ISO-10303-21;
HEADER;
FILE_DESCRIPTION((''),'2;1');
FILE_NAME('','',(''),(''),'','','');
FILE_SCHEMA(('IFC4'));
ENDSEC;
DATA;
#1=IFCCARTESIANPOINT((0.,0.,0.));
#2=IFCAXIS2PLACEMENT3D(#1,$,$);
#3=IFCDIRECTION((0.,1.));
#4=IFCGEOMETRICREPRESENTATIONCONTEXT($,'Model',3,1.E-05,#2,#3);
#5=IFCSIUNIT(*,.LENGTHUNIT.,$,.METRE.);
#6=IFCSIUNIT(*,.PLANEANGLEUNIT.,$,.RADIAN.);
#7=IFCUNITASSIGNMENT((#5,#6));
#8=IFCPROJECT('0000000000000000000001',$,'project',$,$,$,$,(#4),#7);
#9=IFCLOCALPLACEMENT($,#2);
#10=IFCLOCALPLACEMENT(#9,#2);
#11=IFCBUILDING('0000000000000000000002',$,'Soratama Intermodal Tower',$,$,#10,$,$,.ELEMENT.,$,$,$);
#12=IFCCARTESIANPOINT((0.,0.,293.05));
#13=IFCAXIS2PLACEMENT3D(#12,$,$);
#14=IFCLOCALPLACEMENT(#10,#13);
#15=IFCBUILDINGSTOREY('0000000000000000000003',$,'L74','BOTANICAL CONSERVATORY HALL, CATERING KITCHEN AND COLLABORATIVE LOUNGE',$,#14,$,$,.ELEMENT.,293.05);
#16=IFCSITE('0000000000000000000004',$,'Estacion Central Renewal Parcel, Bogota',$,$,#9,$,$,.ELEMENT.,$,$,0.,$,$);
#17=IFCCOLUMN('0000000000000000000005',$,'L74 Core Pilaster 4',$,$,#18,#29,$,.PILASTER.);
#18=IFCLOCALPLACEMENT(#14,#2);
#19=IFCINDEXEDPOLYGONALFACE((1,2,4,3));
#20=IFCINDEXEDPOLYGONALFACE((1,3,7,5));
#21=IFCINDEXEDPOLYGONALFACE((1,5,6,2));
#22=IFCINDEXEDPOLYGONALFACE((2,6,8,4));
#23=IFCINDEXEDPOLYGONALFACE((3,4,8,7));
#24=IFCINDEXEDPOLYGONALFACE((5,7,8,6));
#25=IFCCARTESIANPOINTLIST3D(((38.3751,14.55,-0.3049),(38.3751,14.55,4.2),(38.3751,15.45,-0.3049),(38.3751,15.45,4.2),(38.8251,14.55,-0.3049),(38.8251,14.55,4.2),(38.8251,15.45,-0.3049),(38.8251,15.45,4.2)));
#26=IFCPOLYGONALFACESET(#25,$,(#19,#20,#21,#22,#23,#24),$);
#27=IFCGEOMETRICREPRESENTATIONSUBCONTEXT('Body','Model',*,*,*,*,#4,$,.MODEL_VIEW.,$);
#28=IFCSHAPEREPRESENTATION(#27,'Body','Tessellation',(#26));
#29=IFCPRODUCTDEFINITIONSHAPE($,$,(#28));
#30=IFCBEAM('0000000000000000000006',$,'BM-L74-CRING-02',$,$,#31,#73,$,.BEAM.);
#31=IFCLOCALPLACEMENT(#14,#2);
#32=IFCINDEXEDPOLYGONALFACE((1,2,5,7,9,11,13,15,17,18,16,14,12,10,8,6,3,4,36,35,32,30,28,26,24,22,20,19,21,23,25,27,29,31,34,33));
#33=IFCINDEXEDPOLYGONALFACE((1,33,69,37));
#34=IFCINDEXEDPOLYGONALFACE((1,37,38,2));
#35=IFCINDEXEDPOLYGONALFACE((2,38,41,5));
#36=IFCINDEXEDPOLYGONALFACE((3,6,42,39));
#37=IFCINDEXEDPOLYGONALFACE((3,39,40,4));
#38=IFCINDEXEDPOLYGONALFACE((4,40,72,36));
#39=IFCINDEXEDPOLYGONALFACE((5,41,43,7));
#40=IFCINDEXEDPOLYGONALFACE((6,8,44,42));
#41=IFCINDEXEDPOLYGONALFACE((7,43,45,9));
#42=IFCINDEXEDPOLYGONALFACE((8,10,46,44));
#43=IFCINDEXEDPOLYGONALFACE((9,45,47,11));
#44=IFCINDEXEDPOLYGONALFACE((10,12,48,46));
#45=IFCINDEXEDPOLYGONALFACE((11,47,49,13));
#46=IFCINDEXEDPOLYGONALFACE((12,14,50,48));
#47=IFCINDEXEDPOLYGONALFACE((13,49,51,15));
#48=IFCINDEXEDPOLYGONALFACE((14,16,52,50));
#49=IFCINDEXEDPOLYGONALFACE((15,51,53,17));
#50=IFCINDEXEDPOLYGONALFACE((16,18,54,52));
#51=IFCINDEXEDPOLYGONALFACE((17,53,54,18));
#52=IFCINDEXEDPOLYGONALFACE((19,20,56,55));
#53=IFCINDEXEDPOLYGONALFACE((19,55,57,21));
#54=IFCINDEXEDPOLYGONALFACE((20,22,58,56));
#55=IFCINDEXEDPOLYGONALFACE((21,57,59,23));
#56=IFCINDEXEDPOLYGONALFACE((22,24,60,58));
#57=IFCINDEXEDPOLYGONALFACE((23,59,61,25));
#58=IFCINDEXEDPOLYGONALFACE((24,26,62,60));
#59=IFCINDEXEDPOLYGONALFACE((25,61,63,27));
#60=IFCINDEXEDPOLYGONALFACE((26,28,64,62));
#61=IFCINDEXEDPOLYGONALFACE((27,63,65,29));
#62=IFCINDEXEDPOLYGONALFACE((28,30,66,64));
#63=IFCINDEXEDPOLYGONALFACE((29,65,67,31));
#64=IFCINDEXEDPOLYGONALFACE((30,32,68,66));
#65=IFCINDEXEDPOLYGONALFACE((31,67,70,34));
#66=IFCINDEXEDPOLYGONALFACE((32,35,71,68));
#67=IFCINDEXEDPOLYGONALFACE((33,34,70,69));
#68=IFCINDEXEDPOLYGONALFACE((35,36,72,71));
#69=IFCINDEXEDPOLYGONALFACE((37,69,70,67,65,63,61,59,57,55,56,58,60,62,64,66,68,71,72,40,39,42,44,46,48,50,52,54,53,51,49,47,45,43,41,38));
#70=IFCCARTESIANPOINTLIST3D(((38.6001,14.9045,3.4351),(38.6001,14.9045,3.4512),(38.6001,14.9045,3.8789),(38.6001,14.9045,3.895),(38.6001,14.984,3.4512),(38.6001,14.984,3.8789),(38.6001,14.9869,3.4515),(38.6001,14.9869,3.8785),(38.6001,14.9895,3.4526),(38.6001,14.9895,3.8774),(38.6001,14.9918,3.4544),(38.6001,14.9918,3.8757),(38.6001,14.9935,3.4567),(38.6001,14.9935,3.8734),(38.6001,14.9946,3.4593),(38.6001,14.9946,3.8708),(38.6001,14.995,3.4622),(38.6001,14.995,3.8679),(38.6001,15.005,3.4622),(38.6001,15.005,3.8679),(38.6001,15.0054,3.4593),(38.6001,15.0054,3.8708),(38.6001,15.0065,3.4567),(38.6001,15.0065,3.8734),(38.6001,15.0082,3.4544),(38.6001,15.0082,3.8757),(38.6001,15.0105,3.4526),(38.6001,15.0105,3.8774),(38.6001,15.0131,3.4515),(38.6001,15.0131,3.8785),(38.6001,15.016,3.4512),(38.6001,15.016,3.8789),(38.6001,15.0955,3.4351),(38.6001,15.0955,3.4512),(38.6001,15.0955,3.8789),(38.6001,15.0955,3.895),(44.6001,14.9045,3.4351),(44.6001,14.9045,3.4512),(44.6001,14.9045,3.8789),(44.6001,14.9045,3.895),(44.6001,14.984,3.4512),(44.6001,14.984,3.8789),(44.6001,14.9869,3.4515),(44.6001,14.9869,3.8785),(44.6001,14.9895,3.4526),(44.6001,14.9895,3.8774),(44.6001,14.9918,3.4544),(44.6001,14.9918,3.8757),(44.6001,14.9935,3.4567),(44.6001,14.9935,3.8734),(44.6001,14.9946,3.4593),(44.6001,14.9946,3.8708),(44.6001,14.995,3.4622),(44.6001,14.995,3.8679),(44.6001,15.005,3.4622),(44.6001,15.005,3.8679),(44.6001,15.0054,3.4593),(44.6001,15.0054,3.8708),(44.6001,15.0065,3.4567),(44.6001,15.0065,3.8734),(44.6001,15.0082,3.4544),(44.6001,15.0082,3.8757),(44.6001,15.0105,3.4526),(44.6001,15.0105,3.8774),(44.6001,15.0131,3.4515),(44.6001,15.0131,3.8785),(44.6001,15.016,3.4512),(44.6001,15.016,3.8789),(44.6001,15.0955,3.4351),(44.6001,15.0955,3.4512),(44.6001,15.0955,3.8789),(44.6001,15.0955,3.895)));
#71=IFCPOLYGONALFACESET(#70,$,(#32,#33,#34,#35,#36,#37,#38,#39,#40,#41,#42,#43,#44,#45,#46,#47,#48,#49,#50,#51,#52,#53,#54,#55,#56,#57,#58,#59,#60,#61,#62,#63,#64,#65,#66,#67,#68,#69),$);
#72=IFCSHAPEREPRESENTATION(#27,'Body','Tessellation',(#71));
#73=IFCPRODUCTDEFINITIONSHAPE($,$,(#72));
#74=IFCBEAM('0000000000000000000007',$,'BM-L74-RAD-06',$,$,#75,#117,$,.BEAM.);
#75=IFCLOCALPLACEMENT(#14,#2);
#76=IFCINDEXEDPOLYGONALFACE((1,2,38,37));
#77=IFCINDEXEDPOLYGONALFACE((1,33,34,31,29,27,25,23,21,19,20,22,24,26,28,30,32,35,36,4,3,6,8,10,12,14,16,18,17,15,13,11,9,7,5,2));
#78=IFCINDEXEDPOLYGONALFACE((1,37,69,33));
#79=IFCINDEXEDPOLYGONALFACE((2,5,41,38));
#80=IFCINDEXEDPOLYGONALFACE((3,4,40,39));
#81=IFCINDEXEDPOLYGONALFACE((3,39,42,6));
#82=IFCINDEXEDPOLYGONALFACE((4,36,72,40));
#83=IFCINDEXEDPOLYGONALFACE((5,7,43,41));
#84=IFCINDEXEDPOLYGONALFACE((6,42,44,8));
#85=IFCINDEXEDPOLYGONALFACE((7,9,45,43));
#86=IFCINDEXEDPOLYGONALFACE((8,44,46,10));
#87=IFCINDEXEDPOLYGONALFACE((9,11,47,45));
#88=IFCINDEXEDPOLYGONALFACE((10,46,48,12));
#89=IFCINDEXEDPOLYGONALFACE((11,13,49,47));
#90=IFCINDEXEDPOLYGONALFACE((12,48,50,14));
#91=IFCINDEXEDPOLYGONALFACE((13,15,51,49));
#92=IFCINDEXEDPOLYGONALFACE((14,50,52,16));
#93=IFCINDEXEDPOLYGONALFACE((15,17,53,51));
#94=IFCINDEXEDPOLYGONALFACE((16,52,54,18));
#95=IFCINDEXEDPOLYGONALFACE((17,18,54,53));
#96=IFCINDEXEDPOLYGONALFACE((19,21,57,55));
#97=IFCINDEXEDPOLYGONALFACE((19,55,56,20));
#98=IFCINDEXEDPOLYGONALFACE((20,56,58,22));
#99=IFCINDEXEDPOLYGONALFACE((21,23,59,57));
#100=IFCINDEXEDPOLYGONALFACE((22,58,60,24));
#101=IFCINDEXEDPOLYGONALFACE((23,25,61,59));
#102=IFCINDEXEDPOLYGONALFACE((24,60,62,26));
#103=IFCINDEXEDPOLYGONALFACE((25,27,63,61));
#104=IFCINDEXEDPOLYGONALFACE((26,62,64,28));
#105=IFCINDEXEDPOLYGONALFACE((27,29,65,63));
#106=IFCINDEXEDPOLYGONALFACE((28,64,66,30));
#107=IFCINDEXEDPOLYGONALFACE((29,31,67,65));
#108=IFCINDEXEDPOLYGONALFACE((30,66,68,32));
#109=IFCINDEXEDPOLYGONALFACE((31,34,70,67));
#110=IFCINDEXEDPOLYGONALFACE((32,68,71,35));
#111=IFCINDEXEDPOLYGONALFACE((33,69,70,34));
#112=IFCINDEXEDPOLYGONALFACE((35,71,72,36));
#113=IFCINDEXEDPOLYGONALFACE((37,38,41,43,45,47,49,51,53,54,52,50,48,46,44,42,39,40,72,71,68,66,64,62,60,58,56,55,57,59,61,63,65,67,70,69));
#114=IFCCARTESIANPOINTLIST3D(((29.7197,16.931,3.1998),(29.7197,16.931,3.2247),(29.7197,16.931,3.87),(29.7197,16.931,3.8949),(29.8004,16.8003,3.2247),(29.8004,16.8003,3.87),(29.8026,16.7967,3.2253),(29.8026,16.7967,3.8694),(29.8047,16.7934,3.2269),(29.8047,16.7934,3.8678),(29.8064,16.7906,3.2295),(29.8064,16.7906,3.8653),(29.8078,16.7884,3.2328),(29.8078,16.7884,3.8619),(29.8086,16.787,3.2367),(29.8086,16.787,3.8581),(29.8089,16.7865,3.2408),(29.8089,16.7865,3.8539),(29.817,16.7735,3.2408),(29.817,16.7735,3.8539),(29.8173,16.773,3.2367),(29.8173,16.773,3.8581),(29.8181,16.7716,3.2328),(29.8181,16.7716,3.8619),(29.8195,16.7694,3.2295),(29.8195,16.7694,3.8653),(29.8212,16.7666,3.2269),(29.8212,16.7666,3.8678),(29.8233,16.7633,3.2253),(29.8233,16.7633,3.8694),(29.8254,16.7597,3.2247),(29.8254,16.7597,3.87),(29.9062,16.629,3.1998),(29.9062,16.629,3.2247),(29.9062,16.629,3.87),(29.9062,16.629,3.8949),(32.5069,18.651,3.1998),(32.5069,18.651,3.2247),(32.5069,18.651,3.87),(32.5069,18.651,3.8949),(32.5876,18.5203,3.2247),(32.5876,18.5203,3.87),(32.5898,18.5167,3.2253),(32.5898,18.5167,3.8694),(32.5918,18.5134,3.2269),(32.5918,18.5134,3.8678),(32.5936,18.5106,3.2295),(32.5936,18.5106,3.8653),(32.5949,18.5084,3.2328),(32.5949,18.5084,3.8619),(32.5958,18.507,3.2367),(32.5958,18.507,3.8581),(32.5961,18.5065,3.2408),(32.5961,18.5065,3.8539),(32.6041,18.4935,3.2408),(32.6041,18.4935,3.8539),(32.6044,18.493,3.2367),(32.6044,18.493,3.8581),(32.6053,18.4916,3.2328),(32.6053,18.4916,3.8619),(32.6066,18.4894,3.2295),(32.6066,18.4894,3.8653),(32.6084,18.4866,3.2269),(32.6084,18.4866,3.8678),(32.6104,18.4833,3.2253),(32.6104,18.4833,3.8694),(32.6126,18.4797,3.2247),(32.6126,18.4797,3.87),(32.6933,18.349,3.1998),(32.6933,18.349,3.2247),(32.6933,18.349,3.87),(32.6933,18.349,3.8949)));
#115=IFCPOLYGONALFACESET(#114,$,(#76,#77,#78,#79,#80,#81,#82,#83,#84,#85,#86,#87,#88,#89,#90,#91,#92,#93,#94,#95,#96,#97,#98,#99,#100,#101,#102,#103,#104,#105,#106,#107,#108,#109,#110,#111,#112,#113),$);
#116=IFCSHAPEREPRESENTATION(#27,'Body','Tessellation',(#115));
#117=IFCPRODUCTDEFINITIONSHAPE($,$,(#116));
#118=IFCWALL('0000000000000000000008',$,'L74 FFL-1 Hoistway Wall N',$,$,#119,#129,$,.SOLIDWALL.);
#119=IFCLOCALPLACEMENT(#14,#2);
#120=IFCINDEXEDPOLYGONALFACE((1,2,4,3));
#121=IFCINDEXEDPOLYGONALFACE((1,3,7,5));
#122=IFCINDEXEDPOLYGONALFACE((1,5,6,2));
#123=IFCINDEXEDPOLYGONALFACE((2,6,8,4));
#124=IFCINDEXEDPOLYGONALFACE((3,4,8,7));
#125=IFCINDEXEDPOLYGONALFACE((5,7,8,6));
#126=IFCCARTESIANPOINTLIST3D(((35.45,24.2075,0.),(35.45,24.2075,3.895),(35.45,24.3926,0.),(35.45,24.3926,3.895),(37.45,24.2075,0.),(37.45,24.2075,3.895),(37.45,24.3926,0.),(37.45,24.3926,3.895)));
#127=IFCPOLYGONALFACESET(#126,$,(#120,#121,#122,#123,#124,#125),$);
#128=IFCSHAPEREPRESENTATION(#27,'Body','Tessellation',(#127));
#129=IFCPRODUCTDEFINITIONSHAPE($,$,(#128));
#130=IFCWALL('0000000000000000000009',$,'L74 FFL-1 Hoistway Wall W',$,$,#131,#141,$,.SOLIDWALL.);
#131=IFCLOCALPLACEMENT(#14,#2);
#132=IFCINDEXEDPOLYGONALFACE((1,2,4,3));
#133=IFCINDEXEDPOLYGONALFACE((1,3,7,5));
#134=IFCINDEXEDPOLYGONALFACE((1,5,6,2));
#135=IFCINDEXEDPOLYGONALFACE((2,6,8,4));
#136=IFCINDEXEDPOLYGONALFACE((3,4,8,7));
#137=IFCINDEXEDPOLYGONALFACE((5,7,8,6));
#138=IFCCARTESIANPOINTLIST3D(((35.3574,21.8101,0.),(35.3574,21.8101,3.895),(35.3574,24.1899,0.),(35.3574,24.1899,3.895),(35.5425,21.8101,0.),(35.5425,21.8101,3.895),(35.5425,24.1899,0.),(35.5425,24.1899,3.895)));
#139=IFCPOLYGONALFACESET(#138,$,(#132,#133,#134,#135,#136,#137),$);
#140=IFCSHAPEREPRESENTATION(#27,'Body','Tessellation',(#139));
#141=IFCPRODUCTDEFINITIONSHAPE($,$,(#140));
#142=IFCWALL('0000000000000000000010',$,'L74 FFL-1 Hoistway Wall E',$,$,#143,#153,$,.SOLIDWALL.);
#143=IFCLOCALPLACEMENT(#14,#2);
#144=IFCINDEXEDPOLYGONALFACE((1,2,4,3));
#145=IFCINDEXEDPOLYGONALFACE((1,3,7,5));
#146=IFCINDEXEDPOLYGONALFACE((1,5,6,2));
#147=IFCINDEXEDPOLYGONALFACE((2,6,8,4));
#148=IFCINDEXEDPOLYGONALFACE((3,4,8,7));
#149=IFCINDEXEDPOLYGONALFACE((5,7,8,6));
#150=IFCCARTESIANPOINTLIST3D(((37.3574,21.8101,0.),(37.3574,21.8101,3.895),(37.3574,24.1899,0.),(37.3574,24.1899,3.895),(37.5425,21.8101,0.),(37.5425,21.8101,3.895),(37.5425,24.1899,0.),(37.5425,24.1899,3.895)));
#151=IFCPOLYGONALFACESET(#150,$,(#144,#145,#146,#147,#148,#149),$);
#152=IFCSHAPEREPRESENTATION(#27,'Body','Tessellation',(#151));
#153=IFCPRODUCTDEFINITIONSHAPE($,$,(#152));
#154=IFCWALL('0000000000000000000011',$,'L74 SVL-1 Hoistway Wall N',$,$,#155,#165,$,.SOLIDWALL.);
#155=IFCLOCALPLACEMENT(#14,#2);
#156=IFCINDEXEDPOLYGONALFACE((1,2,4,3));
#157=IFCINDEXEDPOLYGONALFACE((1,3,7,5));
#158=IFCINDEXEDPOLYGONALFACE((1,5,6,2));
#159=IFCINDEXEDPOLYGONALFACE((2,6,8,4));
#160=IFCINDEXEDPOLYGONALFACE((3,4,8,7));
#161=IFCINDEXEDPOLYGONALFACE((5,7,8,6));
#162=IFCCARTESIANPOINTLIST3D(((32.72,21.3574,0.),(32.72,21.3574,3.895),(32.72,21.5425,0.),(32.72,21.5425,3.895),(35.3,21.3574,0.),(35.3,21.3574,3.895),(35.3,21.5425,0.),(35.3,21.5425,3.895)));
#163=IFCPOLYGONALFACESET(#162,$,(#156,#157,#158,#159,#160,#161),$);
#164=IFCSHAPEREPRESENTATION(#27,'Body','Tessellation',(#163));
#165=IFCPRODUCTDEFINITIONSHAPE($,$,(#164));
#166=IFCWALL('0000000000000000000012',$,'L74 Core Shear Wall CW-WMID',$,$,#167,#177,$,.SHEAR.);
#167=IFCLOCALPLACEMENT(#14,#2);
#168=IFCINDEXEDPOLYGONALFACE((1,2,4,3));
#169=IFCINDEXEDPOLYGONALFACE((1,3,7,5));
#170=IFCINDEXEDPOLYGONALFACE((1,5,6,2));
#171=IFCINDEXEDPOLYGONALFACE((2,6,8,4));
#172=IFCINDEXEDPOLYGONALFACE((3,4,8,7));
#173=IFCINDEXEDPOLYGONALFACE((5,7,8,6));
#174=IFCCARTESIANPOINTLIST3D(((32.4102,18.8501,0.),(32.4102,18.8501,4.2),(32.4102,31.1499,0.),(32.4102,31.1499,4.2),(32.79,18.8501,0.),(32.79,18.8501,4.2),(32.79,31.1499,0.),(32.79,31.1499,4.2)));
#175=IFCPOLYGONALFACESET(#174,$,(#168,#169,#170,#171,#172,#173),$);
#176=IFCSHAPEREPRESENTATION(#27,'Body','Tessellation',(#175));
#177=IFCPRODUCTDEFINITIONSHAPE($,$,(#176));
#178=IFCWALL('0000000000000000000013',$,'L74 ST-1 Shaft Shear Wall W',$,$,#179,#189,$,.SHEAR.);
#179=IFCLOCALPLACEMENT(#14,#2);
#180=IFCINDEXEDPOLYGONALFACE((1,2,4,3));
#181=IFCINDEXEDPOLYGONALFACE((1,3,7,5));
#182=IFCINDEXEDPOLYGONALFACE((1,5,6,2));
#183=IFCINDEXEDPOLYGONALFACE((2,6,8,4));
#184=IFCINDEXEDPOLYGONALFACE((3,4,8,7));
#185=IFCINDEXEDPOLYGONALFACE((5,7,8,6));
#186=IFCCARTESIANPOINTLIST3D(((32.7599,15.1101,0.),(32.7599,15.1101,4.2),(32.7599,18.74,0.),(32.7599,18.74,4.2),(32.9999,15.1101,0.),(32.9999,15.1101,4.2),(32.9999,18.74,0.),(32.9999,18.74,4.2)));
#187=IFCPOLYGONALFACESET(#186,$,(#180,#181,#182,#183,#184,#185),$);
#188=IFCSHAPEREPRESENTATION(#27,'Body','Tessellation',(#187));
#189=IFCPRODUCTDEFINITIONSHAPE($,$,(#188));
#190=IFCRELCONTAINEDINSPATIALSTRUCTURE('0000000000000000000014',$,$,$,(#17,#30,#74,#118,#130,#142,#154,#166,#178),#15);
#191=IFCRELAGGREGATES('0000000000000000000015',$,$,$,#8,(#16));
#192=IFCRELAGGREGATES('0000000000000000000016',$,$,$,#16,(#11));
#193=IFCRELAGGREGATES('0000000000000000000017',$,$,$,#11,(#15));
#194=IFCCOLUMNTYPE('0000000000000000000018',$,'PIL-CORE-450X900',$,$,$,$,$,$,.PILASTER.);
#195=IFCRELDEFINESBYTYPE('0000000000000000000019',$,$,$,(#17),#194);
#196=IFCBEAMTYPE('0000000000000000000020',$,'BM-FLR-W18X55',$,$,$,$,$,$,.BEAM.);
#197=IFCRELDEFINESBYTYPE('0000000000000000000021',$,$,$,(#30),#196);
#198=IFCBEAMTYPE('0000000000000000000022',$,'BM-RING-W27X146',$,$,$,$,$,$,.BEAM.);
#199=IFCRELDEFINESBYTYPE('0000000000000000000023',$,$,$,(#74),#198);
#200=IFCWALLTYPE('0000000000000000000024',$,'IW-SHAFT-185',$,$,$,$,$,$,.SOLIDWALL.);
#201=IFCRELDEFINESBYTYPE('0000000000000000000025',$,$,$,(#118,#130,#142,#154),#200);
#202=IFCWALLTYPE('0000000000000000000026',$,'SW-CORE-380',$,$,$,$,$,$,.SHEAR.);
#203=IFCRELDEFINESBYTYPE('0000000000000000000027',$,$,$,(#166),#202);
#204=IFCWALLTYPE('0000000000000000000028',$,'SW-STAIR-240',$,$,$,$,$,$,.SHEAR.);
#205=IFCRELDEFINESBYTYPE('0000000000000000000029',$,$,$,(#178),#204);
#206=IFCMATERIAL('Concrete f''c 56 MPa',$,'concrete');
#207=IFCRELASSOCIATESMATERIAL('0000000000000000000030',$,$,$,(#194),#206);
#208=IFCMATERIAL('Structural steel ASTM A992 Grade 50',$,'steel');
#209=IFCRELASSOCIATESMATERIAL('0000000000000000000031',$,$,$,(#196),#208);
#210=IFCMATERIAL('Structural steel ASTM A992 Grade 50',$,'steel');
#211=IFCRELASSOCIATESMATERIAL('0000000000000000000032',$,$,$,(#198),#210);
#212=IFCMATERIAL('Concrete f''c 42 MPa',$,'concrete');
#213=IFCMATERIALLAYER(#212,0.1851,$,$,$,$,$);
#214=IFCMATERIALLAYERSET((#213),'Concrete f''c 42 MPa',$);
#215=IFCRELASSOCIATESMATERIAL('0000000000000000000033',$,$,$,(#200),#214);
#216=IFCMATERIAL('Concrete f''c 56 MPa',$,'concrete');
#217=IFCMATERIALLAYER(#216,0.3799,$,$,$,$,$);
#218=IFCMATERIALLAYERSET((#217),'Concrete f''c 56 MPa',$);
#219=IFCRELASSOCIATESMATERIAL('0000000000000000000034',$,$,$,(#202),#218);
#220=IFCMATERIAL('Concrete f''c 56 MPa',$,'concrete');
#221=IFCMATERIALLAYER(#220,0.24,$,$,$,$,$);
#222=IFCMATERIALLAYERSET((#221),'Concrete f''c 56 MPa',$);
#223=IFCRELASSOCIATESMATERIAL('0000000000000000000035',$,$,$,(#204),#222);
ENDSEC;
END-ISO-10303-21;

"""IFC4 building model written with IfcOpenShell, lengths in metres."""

from ifc_helpers import new_model, si_unit, direction, frame, frame_2d, origin, origin_2d, place, context, subcontext, project, spatial, rectangle, i_section, extrude, material, layer, layer_set, material_profile, profile_set, type_object, element, save


model = new_model("IFC4")

# Units and contexts
model_context = context("Model", 3, precision=1e-05, world=origin(), true_north=direction((0.0, 1.0)))
body_context = subcontext(model_context, "Body", "Model", "MODEL_VIEW")
ifc_project = project(units=[si_unit("LENGTHUNIT", "METRE"), si_unit("PLANEANGLEUNIT", "RADIAN")], contexts=[model_context])

# Site, building, storey
site_placement = place(None, origin())
site = spatial("IfcSite", under=ifc_project, at=site_placement, Name="Estacion Central Renewal Parcel, Bogota", CompositionType="ELEMENT", RefElevation=0.0)
building_placement = place(site_placement, origin())
building = spatial("IfcBuilding", under=site, at=building_placement, Name="Soratama Intermodal Tower", CompositionType="ELEMENT")
storey_placement = place(building_placement, frame((0.0, 0.0, 293.05)))
storey = spatial("IfcBuildingStorey", under=building, at=storey_placement, Name="L74", Description="BOTANICAL CONSERVATORY HALL, CATERING KITCHEN AND COLLABORATIVE LOUNGE", CompositionType="ELEMENT", Elevation=293.05)

# Column
ifc_material_1 = material(Name="Concrete f'c 56 MPa", Category="concrete")
ifc_material_profile_1 = material_profile(ifc_material_1, rectangle(XDim=0.45, YDim=0.8999, at=origin_2d()), Name="RC450X900")
ifc_profile_set_1 = profile_set([ifc_material_profile_1], Name="Concrete f'c 56 MPa")
column_type = type_object("IfcColumnType", Name="PIL-CORE-450X900", PredefinedType="PILASTER", material=ifc_profile_set_1)
column_placement = place(storey_placement, frame((38.6001, 15.0, -0.3049), z_axis=(0.0, 0.0, 1.0), x_axis=(1.0, 0.0, 0.0)))
element("IfcColumn", 1, at=column_placement, inside=storey, type_object=column_type, Name="L74 Core Pilaster 4", PredefinedType="PILASTER", context=body_context, shape_type="SweptSolid", body=[
    extrude(rectangle(XDim=0.45, YDim=0.8999, at=origin_2d()), origin(), (0.0, 0.0, 1.0), 4.5049),
])

# Beams
ifc_material_2 = material(Name="Structural steel ASTM A992 Grade 50", Category="steel")
ifc_material_profile_2 = material_profile(ifc_material_2, i_section(OverallWidth=0.1909, OverallDepth=0.46, WebThickness=0.01, FlangeThickness=0.0161, FilletRadius=0.011, at=origin_2d()), Name="W18X55")
ifc_profile_set_2 = profile_set([ifc_material_profile_2], Name="Structural steel ASTM A992 Grade 50")
beam_type_1 = type_object("IfcBeamType", Name="BM-FLR-W18X55", PredefinedType="BEAM", material=ifc_profile_set_2)
beam_1_placement = place(storey_placement, frame((38.6001, 15.0, 3.665), z_axis=(1.0, 0.0, 0.0), x_axis=(0.0, 1.0, 0.0)))
element("IfcBeam", 2, at=beam_1_placement, inside=storey, type_object=beam_type_1, Name="BM-L74-CRING-02", PredefinedType="BEAM", context=body_context, shape_type="SweptSolid", body=[
    extrude(i_section(OverallWidth=0.1909, OverallDepth=0.46, WebThickness=0.01, FlangeThickness=0.0161, FilletRadius=0.011, at=origin_2d()), origin(), (0.0, 0.0, 1.0), 6.0),
])
ifc_material_3 = material(Name="Structural steel ASTM A992 Grade 50", Category="steel")
ifc_material_profile_3 = material_profile(ifc_material_3, i_section(OverallWidth=0.355, OverallDepth=0.6951, WebThickness=0.0154, FlangeThickness=0.0249, FilletRadius=0.0161, at=origin_2d()), Name="W27X146")
ifc_profile_set_3 = profile_set([ifc_material_profile_3], Name="Structural steel ASTM A992 Grade 50")
beam_type_2 = type_object("IfcBeamType", Name="BM-RING-W27X146", PredefinedType="BEAM", material=ifc_profile_set_3)
beam_2_placement = place(storey_placement, frame((32.6001, 18.5, 3.5474), z_axis=(-0.851, -0.525166, 0.0), x_axis=(0.525166, -0.851, 0.0)))
element("IfcBeam", 3, at=beam_2_placement, inside=storey, type_object=beam_type_2, Name="BM-L74-RAD-06", PredefinedType="BEAM", context=body_context, shape_type="SweptSolid", body=[
    extrude(i_section(OverallWidth=0.355, OverallDepth=0.6951, WebThickness=0.0154, FlangeThickness=0.0249, FilletRadius=0.0161, at=origin_2d()), origin(), (0.0, 0.0, 1.0), 3.2751),
])

# Shared definitions
ifc_material_4 = material(Name="Concrete f'c 42 MPa", Category="concrete")
ifc_layer_1 = layer(ifc_material_4, 0.1851)
ifc_layer_set_1 = layer_set([ifc_layer_1], Name="Concrete f'c 42 MPa")
wall_type_1 = type_object("IfcWallType", Name="IW-SHAFT-185", PredefinedType="SOLIDWALL", material=ifc_layer_set_1)

# Walls
wall_1_placement = place(storey_placement, frame((35.45, 24.3, 0.0), z_axis=(0.0, 0.0, 1.0), x_axis=(1.0, 0.0, 0.0)))
element("IfcWall", 4, at=wall_1_placement, inside=storey, type_object=wall_type_1, Name="L74 FFL-1 Hoistway Wall N", PredefinedType="SOLIDWALL", context=body_context, shape_type="SweptSolid", body=[
    extrude(rectangle(XDim=2.0, YDim=0.1851, at=frame_2d((1.0, 0.0))), origin(), (0.0, 0.0, 1.0), 3.895),
])
for number, where, z_axis, x_axis, name in (
    (5, (35.45, 21.8101, 0.0), (0.0, 0.0, 1.0), (0.0, 1.0, 0.0), "L74 FFL-1 Hoistway Wall W"),
    (6, (37.45, 21.8101, 0.0), (0.0, 0.0, 1.0), (0.0, 1.0, 0.0), "L74 FFL-1 Hoistway Wall E"),
):
    element("IfcWall", number, at=place(storey_placement, frame(where, z_axis=z_axis, x_axis=x_axis)), inside=storey, type_object=wall_type_1, Name=name, PredefinedType="SOLIDWALL", context=body_context, shape_type="SweptSolid", body=[
        extrude(rectangle(XDim=2.3799, YDim=0.1851, at=frame_2d((1.1899, 0.0))), origin(), (0.0, 0.0, 1.0), 3.895),
    ])

# Wall
wall_2_placement = place(storey_placement, frame((32.72, 21.45, 0.0), z_axis=(0.0, 0.0, 1.0), x_axis=(1.0, 0.0, 0.0)))
element("IfcWall", 7, at=wall_2_placement, inside=storey, type_object=wall_type_1, Name="L74 SVL-1 Hoistway Wall N", PredefinedType="SOLIDWALL", context=body_context, shape_type="SweptSolid", body=[
    extrude(rectangle(XDim=2.5801, YDim=0.1851, at=frame_2d((1.29, 0.0))), origin(), (0.0, 0.0, 1.0), 3.895),
])

# Walls
ifc_material_5 = material(Name="Concrete f'c 56 MPa", Category="concrete")
ifc_layer_2 = layer(ifc_material_5, 0.3799)
ifc_layer_set_2 = layer_set([ifc_layer_2], Name="Concrete f'c 56 MPa")
wall_type_2 = type_object("IfcWallType", Name="SW-CORE-380", PredefinedType="SHEAR", material=ifc_layer_set_2)
wall_3_placement = place(storey_placement, frame((32.6001, 18.8501, 0.0), z_axis=(0.0, 0.0, 1.0), x_axis=(0.0, 1.0, 0.0)))
element("IfcWall", 8, at=wall_3_placement, inside=storey, type_object=wall_type_2, Name="L74 Core Shear Wall CW-WMID", PredefinedType="SHEAR", context=body_context, shape_type="SweptSolid", body=[
    extrude(rectangle(XDim=12.2998, YDim=0.3799, at=frame_2d((6.1499, 0.0))), origin(), (0.0, 0.0, 1.0), 4.2),
])
ifc_material_6 = material(Name="Concrete f'c 56 MPa", Category="concrete")
ifc_layer_3 = layer(ifc_material_6, 0.24)
ifc_layer_set_3 = layer_set([ifc_layer_3], Name="Concrete f'c 56 MPa")
wall_type_3 = type_object("IfcWallType", Name="SW-STAIR-240", PredefinedType="SHEAR", material=ifc_layer_set_3)
wall_4_placement = place(storey_placement, frame((32.8799, 15.1101, 0.0), z_axis=(0.0, 0.0, 1.0), x_axis=(0.0, 1.0, 0.0)))
element("IfcWall", 9, at=wall_4_placement, inside=storey, type_object=wall_type_3, Name="L74 ST-1 Shaft Shear Wall W", PredefinedType="SHEAR", context=body_context, shape_type="SweptSolid", body=[
    extrude(rectangle(XDim=3.6299, YDim=0.24, at=frame_2d((1.8149, 0.0))), origin(), (0.0, 0.0, 1.0), 4.2),
])

save(model, "model.ifc")
